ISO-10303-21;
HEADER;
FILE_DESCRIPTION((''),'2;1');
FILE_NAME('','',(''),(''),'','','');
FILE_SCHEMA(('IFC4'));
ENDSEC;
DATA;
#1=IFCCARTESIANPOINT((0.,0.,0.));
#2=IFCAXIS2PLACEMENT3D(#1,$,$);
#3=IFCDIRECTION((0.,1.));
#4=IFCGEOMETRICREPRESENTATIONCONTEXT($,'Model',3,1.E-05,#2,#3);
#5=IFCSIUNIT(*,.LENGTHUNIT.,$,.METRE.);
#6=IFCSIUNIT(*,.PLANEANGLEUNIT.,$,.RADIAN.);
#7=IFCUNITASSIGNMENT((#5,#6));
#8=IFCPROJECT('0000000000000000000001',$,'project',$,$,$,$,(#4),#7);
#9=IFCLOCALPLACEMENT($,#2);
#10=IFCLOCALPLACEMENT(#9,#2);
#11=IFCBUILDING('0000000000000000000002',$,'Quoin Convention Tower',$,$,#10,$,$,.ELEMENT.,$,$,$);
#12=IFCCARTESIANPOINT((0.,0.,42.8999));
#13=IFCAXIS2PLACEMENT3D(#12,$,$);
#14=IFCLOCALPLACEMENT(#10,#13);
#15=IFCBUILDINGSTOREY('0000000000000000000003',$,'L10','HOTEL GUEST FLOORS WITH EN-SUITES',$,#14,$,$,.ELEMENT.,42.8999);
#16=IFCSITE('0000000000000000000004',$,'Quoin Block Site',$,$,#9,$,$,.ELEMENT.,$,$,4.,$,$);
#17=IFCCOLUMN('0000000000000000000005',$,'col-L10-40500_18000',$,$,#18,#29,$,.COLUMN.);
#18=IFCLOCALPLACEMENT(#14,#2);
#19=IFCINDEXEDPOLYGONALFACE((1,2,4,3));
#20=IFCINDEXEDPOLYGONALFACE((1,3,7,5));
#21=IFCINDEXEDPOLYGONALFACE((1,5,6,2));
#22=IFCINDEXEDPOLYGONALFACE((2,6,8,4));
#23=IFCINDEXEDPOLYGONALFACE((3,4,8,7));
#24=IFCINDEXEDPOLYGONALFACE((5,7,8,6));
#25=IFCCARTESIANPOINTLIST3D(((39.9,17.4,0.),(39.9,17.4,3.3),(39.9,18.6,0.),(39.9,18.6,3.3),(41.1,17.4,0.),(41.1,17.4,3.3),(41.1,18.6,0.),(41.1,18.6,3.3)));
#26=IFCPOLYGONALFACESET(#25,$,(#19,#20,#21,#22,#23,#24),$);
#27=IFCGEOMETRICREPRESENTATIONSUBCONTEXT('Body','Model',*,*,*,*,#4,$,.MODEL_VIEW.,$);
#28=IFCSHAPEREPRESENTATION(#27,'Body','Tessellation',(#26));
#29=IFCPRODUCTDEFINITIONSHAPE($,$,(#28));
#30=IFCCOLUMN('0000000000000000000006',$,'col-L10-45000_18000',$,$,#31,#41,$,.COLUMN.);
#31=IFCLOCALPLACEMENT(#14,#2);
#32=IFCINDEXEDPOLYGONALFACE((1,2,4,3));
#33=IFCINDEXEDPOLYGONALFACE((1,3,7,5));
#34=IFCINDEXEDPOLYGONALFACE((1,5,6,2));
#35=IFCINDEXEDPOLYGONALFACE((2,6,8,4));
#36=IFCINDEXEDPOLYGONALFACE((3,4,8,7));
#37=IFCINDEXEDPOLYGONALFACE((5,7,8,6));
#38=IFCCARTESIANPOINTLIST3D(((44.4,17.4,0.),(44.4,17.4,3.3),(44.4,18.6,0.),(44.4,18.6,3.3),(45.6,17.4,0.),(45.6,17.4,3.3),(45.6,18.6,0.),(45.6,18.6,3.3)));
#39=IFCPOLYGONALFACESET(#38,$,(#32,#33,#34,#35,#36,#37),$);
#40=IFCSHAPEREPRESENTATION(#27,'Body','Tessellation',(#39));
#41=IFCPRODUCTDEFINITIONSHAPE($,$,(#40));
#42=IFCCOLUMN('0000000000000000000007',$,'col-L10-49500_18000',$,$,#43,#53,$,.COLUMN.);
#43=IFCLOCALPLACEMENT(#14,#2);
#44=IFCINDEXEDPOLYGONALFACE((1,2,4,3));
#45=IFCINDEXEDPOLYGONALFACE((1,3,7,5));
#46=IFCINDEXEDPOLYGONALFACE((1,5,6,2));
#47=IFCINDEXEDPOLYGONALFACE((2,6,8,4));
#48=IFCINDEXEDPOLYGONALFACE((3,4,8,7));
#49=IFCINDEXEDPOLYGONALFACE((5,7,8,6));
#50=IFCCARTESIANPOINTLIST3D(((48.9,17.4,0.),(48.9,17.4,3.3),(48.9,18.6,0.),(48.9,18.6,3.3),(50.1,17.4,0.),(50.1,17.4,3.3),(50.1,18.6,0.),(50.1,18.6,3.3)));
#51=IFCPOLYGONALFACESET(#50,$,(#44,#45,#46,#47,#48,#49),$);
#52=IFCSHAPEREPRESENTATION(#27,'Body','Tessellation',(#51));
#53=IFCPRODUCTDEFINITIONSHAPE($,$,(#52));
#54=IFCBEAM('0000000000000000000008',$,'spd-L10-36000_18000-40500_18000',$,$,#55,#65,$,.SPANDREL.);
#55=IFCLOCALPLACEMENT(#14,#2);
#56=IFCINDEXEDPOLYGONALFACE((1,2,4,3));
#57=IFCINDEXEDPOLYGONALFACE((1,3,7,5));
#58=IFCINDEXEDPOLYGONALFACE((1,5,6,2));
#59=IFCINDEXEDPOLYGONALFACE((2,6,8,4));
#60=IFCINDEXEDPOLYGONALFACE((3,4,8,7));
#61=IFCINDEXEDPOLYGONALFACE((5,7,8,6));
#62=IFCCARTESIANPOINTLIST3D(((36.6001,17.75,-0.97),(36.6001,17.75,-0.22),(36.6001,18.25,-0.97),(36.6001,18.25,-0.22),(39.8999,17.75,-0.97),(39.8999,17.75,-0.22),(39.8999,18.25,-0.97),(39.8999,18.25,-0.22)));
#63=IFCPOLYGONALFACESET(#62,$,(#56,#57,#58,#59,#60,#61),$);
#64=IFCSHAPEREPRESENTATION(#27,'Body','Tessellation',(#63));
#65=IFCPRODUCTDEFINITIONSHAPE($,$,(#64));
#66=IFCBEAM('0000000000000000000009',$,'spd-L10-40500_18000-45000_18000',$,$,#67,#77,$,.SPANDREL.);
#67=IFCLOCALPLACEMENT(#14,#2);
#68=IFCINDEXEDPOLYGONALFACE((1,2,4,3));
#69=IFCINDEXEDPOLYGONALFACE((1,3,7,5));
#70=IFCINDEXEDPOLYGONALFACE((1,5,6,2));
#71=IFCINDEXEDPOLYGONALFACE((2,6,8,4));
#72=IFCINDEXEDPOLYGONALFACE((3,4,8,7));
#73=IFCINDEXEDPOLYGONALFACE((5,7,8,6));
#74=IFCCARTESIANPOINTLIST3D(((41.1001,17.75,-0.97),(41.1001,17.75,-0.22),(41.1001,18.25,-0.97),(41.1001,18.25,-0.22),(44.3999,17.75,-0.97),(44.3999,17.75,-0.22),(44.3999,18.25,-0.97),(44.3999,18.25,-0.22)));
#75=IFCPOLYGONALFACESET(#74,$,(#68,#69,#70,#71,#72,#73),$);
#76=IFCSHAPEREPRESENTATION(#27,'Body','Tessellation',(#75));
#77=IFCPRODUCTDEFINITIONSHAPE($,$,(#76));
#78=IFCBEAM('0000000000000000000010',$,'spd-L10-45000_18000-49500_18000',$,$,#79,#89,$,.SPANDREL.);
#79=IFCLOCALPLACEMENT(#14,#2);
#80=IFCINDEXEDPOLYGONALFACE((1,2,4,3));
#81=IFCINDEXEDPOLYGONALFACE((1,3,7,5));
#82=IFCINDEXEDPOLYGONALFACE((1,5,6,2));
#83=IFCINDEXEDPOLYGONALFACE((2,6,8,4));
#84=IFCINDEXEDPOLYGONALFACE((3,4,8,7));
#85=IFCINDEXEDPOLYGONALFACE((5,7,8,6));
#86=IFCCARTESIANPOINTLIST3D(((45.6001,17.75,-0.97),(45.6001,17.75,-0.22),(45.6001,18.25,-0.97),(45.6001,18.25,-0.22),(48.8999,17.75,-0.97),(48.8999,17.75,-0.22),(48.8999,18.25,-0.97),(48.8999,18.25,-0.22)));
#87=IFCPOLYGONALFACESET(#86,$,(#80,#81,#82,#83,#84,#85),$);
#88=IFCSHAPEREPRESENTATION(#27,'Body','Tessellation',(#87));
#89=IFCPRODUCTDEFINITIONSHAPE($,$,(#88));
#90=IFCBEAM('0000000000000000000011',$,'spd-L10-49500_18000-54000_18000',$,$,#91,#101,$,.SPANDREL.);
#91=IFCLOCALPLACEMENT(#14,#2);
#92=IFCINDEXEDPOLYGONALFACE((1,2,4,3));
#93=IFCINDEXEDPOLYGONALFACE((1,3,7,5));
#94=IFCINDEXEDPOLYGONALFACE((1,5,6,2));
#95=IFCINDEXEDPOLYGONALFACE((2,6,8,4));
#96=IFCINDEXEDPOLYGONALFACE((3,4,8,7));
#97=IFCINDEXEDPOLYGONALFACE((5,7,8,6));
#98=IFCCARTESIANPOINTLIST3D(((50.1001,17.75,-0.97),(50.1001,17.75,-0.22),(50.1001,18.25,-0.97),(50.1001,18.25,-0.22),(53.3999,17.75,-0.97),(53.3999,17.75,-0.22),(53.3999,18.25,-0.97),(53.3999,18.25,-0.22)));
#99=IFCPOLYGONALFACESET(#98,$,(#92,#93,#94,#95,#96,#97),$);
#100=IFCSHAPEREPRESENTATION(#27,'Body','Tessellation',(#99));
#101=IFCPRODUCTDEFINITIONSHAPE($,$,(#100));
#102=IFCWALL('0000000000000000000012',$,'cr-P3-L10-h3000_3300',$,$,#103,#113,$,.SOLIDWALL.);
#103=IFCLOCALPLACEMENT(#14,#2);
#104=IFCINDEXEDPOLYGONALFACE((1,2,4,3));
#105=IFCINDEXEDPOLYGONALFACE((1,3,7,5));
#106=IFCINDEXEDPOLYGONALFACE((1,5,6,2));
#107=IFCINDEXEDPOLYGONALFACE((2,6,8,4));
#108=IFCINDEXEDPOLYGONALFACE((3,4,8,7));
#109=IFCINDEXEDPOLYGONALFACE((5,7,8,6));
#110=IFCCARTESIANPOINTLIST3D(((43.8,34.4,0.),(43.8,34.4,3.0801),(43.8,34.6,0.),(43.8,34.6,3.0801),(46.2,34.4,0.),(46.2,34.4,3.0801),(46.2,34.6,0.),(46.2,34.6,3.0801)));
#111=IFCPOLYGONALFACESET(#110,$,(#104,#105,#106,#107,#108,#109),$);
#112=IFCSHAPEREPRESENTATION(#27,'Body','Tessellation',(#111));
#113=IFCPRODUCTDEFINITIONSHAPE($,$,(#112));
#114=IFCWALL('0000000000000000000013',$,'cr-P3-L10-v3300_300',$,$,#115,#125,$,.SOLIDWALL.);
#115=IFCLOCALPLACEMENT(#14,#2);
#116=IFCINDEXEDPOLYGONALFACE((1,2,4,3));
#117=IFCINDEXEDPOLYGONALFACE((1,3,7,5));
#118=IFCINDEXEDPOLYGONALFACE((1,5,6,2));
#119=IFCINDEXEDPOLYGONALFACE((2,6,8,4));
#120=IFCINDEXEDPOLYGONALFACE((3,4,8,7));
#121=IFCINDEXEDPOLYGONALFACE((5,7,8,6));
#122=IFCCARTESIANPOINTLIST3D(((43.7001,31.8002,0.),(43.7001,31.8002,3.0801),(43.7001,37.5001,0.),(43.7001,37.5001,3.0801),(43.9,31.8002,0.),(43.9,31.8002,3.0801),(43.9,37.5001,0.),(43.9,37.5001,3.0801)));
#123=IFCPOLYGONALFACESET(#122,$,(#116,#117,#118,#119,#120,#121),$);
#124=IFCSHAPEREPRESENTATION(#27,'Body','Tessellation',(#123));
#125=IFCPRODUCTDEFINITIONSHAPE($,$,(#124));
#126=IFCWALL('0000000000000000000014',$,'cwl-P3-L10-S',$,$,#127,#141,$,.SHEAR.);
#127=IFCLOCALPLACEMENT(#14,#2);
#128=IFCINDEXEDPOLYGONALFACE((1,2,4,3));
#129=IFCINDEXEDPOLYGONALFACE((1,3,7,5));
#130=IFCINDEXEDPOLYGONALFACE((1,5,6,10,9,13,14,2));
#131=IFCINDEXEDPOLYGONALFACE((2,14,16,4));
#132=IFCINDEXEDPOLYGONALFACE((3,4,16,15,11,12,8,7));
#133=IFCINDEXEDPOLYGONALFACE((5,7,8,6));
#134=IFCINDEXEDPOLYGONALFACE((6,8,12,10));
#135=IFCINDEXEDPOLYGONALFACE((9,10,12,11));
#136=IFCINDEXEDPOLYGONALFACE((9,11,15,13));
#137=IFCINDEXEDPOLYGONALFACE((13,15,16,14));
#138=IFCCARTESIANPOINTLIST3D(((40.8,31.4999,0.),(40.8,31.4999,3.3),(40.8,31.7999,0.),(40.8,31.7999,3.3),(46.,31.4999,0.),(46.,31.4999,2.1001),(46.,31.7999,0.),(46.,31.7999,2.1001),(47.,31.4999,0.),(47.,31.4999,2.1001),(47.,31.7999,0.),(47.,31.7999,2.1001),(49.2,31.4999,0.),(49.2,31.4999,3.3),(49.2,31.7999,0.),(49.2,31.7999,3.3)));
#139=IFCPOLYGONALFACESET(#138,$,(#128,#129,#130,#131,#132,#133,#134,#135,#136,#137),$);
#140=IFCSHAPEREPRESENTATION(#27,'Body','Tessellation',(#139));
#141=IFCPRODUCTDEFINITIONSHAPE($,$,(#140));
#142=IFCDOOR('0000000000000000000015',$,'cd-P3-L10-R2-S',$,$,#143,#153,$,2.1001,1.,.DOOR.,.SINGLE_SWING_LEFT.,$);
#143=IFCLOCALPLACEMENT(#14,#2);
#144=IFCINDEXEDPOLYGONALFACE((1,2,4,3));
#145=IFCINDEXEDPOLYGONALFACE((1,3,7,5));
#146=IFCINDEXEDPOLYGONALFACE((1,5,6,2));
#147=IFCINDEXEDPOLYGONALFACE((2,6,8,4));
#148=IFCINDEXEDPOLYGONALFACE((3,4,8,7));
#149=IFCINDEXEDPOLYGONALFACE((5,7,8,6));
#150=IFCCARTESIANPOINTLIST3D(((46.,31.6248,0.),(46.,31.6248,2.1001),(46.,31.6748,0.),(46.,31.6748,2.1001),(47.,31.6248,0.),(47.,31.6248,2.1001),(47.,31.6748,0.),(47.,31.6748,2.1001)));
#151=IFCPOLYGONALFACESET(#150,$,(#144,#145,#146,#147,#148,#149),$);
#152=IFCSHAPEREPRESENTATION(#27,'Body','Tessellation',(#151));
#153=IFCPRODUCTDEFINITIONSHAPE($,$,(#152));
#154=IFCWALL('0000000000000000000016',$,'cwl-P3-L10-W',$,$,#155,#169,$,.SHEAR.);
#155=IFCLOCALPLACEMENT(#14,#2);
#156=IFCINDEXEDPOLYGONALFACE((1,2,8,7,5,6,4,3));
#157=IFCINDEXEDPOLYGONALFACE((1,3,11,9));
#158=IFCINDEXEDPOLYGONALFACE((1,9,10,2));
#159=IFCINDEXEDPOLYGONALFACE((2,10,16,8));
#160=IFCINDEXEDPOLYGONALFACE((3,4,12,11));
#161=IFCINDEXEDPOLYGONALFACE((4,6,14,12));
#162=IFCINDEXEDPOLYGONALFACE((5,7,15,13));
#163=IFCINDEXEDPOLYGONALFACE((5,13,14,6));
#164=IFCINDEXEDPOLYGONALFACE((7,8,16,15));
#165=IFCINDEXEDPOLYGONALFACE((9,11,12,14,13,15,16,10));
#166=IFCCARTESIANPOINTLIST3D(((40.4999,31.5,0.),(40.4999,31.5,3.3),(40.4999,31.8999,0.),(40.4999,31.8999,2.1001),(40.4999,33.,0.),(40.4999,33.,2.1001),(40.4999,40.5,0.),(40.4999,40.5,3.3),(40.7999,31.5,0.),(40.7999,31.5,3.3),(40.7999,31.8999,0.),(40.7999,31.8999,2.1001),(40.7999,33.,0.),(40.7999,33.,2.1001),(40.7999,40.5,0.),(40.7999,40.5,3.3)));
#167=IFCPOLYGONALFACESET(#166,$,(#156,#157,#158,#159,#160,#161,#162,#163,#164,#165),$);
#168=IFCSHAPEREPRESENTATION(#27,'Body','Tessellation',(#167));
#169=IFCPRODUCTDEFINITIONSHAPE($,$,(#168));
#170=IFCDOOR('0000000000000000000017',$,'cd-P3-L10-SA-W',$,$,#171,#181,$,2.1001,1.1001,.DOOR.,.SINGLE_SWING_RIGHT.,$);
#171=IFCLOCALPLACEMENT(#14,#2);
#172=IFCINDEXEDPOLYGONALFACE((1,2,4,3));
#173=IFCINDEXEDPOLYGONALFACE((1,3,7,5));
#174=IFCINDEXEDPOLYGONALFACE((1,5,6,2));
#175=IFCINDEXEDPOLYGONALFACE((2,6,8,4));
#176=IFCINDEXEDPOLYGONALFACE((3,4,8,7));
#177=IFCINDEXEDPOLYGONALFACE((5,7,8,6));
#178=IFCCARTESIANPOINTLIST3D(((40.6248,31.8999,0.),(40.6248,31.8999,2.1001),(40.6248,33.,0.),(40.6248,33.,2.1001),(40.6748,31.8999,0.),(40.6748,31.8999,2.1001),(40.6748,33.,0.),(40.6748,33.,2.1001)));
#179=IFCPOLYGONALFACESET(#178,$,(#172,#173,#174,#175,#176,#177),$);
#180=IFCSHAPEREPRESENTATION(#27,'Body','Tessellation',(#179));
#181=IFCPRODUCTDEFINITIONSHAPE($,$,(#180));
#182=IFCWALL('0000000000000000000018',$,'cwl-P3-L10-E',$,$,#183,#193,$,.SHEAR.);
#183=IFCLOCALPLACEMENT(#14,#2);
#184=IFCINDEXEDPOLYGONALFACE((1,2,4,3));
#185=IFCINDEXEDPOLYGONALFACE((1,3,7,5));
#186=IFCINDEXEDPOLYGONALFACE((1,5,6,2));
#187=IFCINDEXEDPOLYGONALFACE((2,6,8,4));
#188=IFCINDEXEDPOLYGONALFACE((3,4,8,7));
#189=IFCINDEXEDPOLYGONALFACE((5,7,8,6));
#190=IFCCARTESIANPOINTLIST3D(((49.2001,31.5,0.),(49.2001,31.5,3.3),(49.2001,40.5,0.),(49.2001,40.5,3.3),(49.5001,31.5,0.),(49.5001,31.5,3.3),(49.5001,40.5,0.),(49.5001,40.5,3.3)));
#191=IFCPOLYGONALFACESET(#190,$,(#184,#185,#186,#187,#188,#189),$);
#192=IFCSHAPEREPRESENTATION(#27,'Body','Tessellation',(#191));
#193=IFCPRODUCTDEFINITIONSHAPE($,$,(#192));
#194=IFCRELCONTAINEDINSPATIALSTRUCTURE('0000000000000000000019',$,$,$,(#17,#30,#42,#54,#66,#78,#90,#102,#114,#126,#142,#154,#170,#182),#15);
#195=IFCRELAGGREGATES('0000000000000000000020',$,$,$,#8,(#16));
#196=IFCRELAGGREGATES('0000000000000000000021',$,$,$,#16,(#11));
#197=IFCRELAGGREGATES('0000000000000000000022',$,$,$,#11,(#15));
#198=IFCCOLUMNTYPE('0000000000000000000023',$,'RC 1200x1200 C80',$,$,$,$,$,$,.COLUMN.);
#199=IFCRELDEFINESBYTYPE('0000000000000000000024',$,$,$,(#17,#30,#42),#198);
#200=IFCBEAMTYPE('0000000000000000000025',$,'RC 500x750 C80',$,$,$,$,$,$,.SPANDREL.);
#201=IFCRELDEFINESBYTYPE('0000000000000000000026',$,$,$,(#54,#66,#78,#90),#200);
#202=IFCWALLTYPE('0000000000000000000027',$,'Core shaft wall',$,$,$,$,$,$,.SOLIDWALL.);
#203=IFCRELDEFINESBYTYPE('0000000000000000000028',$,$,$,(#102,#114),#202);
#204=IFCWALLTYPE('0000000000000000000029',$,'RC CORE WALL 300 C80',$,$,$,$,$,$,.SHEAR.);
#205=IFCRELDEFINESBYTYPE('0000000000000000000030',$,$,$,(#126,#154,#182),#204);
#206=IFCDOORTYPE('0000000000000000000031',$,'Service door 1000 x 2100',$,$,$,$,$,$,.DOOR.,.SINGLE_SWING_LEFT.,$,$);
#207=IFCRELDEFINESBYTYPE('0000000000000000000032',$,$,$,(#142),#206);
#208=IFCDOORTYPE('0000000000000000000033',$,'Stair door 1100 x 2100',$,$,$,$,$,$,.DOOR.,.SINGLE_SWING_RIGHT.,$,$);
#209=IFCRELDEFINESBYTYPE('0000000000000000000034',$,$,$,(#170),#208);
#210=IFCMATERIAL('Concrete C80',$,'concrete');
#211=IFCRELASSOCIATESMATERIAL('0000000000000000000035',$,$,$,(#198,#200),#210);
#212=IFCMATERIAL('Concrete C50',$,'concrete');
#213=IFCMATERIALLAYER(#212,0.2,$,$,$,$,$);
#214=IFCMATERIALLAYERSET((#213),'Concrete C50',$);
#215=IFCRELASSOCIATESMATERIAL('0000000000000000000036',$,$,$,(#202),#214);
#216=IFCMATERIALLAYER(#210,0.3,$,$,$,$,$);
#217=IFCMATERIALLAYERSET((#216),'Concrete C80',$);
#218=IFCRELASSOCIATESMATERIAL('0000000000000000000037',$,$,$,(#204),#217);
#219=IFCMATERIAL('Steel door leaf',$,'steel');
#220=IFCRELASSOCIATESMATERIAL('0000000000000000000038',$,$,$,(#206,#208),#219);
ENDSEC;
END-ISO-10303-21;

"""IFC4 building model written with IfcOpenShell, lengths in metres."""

from ifc_helpers import new_model, si_unit, direction, frame, frame_2d, origin, origin_2d, place, context, subcontext, project, spatial, rectangle, extrude, material, layer, layer_set, material_profile, profile_set, type_object, element, fill, save


model = new_model("IFC4")

# Units and contexts
model_context = context("Model", 3, precision=1e-05, world=origin(), true_north=direction((0.0, 1.0)))
body_context = subcontext(model_context, "Body", "Model", "MODEL_VIEW")
ifc_project = project(units=[si_unit("LENGTHUNIT", "METRE"), si_unit("PLANEANGLEUNIT", "RADIAN")], contexts=[model_context])

# Site, building, storey
site_placement = place(None, origin())
site = spatial("IfcSite", under=ifc_project, at=site_placement, Name="Quoin Block Site", CompositionType="ELEMENT", RefElevation=4.0)
building_placement = place(site_placement, origin())
building = spatial("IfcBuilding", under=site, at=building_placement, Name="Quoin Convention Tower", CompositionType="ELEMENT")
storey_placement = place(building_placement, frame((0.0, 0.0, 42.8999)))
storey = spatial("IfcBuildingStorey", under=building, at=storey_placement, Name="L10", Description="HOTEL GUEST FLOORS WITH EN-SUITES", CompositionType="ELEMENT", Elevation=42.8999)

# Columns
ifc_material_1 = material(Name="Concrete C80", Category="concrete")
ifc_material_profile_1 = material_profile(ifc_material_1, rectangle(XDim=1.2, YDim=1.2, at=origin_2d()), Name="RC 1200x1200")
ifc_profile_set_1 = profile_set([ifc_material_profile_1], Name="Concrete C80")
column_type = type_object("IfcColumnType", Name="RC 1200x1200 C80", PredefinedType="COLUMN", material=ifc_profile_set_1)
for number, where, z_axis, x_axis, name in (
    (1, (40.5, 18.0, 0.0), (0.0, 0.0, 1.0), (1.0, 0.0, 0.0), "col-L10-40500_18000"),
    (2, (45.0, 18.0, 0.0), (0.0, 0.0, 1.0), (1.0, 0.0, 0.0), "col-L10-45000_18000"),
    (3, (49.5, 18.0, 0.0), (0.0, 0.0, 1.0), (1.0, 0.0, 0.0), "col-L10-49500_18000"),
):
    element("IfcColumn", number, at=place(storey_placement, frame(where, z_axis=z_axis, x_axis=x_axis)), inside=storey, type_object=column_type, Name=name, PredefinedType="COLUMN", context=body_context, shape_type="SweptSolid", body=[
        extrude(rectangle(XDim=1.2, YDim=1.2, at=origin_2d()), origin(), (0.0, 0.0, 1.0), 3.3),
    ])

# Beams
ifc_material_profile_2 = material_profile(ifc_material_1, rectangle(XDim=0.5, YDim=0.75, at=origin_2d()), Name="RC 500x750")
ifc_profile_set_2 = profile_set([ifc_material_profile_2], Name="Concrete C80")
beam_type = type_object("IfcBeamType", Name="RC 500x750 C80", PredefinedType="SPANDREL", material=ifc_profile_set_2)
for number, where, z_axis, x_axis, name in (
    (4, (36.6001, 18.0, -0.595), (1.0, 0.0, 0.0), (0.0, 1.0, 0.0), "spd-L10-36000_18000-40500_18000"),
    (5, (41.1001, 18.0, -0.595), (1.0, 0.0, 0.0), (0.0, 1.0, 0.0), "spd-L10-40500_18000-45000_18000"),
    (6, (45.6001, 18.0, -0.595), (1.0, 0.0, 0.0), (0.0, 1.0, 0.0), "spd-L10-45000_18000-49500_18000"),
    (7, (50.1001, 18.0, -0.595), (1.0, 0.0, 0.0), (0.0, 1.0, 0.0), "spd-L10-49500_18000-54000_18000"),
):
    element("IfcBeam", number, at=place(storey_placement, frame(where, z_axis=z_axis, x_axis=x_axis)), inside=storey, type_object=beam_type, Name=name, PredefinedType="SPANDREL", context=body_context, shape_type="SweptSolid", body=[
        extrude(rectangle(XDim=0.5, YDim=0.75, at=origin_2d()), origin(), (0.0, 0.0, 1.0), 3.2998),
    ])

# Walls
ifc_material_2 = material(Name="Concrete C50", Category="concrete")
ifc_layer_1 = layer(ifc_material_2, 0.2)
ifc_layer_set_1 = layer_set([ifc_layer_1], Name="Concrete C50")
wall_type_1 = type_object("IfcWallType", Name="Core shaft wall", PredefinedType="SOLIDWALL", material=ifc_layer_set_1)
wall_1_placement = place(storey_placement, frame((43.8, 34.5, 0.0), z_axis=(0.0, 0.0, 1.0), x_axis=(1.0, 0.0, 0.0)))
element("IfcWall", 8, at=wall_1_placement, inside=storey, type_object=wall_type_1, Name="cr-P3-L10-h3000_3300", PredefinedType="SOLIDWALL", context=body_context, shape_type="SweptSolid", body=[
    extrude(rectangle(XDim=2.3999, YDim=0.2, at=frame_2d((1.2, 0.0))), origin(), (0.0, 0.0, 1.0), 3.0801),
])
wall_2_placement = place(storey_placement, frame((43.8, 31.8, 0.0), z_axis=(0.0, 0.0, 1.0), x_axis=(0.0, 1.0, 0.0)))
element("IfcWall", 9, at=wall_2_placement, inside=storey, type_object=wall_type_1, Name="cr-P3-L10-v3300_300", PredefinedType="SOLIDWALL", context=body_context, shape_type="SweptSolid", body=[
    extrude(rectangle(XDim=5.7, YDim=0.2, at=frame_2d((2.8501, 0.0))), origin(), (0.0, 0.0, 1.0), 3.0801),
])

# Walls, openings, doors
ifc_layer_2 = layer(ifc_material_1, 0.3)
ifc_layer_set_2 = layer_set([ifc_layer_2], Name="Concrete C80")
wall_type_2 = type_object("IfcWallType", Name="RC CORE WALL 300 C80", PredefinedType="SHEAR", material=ifc_layer_set_2)
wall_3_placement = place(storey_placement, frame((40.8, 31.6499, 0.0), z_axis=(0.0, 0.0, 1.0), x_axis=(1.0, 0.0, 0.0)))
wall_3 = element("IfcWall", 10, at=wall_3_placement, inside=storey, type_object=wall_type_2, Name="cwl-P3-L10-S", PredefinedType="SHEAR", context=body_context, shape_type="SweptSolid", body=[
    extrude(rectangle(XDim=8.3999, YDim=0.3, at=frame_2d((4.2, 0.0))), origin(), (0.0, 0.0, 1.0), 3.3),
])
opening_1_placement = place(wall_3_placement, frame((5.2, 0.0, 0.0)))
opening_1 = element("IfcOpeningElement", 11, at=opening_1_placement, cuts=wall_3, PredefinedType="OPENING", context=body_context, shape_type="SweptSolid", body=[
    extrude(rectangle(XDim=1.0, YDim=2.1001, at=frame_2d((0.5, 1.05))), frame((0.0, 0.1599, 0.0), z_axis=(0.0, -1.0, 0.0), x_axis=(1.0, 0.0, 0.0)), (0.0, 0.0, 1.0), 0.3201),
])
ifc_material_3 = material(Name="Steel door leaf", Category="steel")
door_type_1 = type_object("IfcDoorType", Name="Service door 1000 x 2100", OperationType="SINGLE_SWING_LEFT", PredefinedType="DOOR", material=ifc_material_3)
door_1_placement = place(opening_1_placement, origin())
door_1 = element("IfcDoor", 12, at=door_1_placement, inside=storey, type_object=door_type_1, Name="cd-P3-L10-R2-S", OperationType="SINGLE_SWING_LEFT", OverallHeight=2.1001, OverallWidth=1.0, PredefinedType="DOOR", context=body_context, shape_type="SweptSolid", body=[
    extrude(rectangle(XDim=1.0, YDim=2.1001, at=frame_2d((0.5, 1.05))), frame((0.0, 0.0249, 0.0), z_axis=(0.0, -1.0, 0.0), x_axis=(1.0, 0.0, 0.0)), (0.0, 0.0, 1.0), 0.05),
])
fill(opening_1, door_1)
wall_4_placement = place(storey_placement, frame((40.6499, 31.5, 0.0), z_axis=(0.0, 0.0, 1.0), x_axis=(0.0, 1.0, 0.0)))
wall_4 = element("IfcWall", 13, at=wall_4_placement, inside=storey, type_object=wall_type_2, Name="cwl-P3-L10-W", PredefinedType="SHEAR", context=body_context, shape_type="SweptSolid", body=[
    extrude(rectangle(XDim=9.0, YDim=0.3, at=frame_2d((4.5, 0.0))), origin(), (0.0, 0.0, 1.0), 3.3),
])
opening_2_placement = place(wall_4_placement, frame((0.3999, 0.0, 0.0)))
opening_2 = element("IfcOpeningElement", 14, at=opening_2_placement, cuts=wall_4, PredefinedType="OPENING", context=body_context, shape_type="SweptSolid", body=[
    extrude(rectangle(XDim=1.1001, YDim=2.1001, at=frame_2d((0.55, 1.05))), frame((0.0, 0.1599, 0.0), z_axis=(0.0, -1.0, 0.0), x_axis=(1.0, 0.0, 0.0)), (0.0, 0.0, 1.0), 0.3201),
])
door_type_2 = type_object("IfcDoorType", Name="Stair door 1100 x 2100", OperationType="SINGLE_SWING_RIGHT", PredefinedType="DOOR", material=ifc_material_3)
door_2_placement = place(opening_2_placement, frame((1.1001, 0.0, 0.0), z_axis=(0.0, 0.0, 1.0), x_axis=(-1.0, 0.0, 0.0)))
door_2 = element("IfcDoor", 15, at=door_2_placement, inside=storey, type_object=door_type_2, Name="cd-P3-L10-SA-W", OperationType="SINGLE_SWING_RIGHT", OverallHeight=2.1001, OverallWidth=1.1001, PredefinedType="DOOR", context=body_context, shape_type="SweptSolid", body=[
    extrude(rectangle(XDim=1.1001, YDim=2.1001, at=frame_2d((0.55, 1.05))), frame((0.0, 0.0249, 0.0), z_axis=(0.0, -1.0, 0.0), x_axis=(1.0, 0.0, 0.0)), (0.0, 0.0, 1.0), 0.05),
])
fill(opening_2, door_2)

# Wall
wall_5_placement = place(storey_placement, frame((49.3501, 31.5, 0.0), z_axis=(0.0, 0.0, 1.0), x_axis=(0.0, 1.0, 0.0)))
element("IfcWall", 16, at=wall_5_placement, inside=storey, type_object=wall_type_2, Name="cwl-P3-L10-E", PredefinedType="SHEAR", context=body_context, shape_type="SweptSolid", body=[
    extrude(rectangle(XDim=9.0, YDim=0.3, at=frame_2d((4.5, 0.0))), origin(), (0.0, 0.0, 1.0), 3.3),
])

save(model, "model.ifc")
